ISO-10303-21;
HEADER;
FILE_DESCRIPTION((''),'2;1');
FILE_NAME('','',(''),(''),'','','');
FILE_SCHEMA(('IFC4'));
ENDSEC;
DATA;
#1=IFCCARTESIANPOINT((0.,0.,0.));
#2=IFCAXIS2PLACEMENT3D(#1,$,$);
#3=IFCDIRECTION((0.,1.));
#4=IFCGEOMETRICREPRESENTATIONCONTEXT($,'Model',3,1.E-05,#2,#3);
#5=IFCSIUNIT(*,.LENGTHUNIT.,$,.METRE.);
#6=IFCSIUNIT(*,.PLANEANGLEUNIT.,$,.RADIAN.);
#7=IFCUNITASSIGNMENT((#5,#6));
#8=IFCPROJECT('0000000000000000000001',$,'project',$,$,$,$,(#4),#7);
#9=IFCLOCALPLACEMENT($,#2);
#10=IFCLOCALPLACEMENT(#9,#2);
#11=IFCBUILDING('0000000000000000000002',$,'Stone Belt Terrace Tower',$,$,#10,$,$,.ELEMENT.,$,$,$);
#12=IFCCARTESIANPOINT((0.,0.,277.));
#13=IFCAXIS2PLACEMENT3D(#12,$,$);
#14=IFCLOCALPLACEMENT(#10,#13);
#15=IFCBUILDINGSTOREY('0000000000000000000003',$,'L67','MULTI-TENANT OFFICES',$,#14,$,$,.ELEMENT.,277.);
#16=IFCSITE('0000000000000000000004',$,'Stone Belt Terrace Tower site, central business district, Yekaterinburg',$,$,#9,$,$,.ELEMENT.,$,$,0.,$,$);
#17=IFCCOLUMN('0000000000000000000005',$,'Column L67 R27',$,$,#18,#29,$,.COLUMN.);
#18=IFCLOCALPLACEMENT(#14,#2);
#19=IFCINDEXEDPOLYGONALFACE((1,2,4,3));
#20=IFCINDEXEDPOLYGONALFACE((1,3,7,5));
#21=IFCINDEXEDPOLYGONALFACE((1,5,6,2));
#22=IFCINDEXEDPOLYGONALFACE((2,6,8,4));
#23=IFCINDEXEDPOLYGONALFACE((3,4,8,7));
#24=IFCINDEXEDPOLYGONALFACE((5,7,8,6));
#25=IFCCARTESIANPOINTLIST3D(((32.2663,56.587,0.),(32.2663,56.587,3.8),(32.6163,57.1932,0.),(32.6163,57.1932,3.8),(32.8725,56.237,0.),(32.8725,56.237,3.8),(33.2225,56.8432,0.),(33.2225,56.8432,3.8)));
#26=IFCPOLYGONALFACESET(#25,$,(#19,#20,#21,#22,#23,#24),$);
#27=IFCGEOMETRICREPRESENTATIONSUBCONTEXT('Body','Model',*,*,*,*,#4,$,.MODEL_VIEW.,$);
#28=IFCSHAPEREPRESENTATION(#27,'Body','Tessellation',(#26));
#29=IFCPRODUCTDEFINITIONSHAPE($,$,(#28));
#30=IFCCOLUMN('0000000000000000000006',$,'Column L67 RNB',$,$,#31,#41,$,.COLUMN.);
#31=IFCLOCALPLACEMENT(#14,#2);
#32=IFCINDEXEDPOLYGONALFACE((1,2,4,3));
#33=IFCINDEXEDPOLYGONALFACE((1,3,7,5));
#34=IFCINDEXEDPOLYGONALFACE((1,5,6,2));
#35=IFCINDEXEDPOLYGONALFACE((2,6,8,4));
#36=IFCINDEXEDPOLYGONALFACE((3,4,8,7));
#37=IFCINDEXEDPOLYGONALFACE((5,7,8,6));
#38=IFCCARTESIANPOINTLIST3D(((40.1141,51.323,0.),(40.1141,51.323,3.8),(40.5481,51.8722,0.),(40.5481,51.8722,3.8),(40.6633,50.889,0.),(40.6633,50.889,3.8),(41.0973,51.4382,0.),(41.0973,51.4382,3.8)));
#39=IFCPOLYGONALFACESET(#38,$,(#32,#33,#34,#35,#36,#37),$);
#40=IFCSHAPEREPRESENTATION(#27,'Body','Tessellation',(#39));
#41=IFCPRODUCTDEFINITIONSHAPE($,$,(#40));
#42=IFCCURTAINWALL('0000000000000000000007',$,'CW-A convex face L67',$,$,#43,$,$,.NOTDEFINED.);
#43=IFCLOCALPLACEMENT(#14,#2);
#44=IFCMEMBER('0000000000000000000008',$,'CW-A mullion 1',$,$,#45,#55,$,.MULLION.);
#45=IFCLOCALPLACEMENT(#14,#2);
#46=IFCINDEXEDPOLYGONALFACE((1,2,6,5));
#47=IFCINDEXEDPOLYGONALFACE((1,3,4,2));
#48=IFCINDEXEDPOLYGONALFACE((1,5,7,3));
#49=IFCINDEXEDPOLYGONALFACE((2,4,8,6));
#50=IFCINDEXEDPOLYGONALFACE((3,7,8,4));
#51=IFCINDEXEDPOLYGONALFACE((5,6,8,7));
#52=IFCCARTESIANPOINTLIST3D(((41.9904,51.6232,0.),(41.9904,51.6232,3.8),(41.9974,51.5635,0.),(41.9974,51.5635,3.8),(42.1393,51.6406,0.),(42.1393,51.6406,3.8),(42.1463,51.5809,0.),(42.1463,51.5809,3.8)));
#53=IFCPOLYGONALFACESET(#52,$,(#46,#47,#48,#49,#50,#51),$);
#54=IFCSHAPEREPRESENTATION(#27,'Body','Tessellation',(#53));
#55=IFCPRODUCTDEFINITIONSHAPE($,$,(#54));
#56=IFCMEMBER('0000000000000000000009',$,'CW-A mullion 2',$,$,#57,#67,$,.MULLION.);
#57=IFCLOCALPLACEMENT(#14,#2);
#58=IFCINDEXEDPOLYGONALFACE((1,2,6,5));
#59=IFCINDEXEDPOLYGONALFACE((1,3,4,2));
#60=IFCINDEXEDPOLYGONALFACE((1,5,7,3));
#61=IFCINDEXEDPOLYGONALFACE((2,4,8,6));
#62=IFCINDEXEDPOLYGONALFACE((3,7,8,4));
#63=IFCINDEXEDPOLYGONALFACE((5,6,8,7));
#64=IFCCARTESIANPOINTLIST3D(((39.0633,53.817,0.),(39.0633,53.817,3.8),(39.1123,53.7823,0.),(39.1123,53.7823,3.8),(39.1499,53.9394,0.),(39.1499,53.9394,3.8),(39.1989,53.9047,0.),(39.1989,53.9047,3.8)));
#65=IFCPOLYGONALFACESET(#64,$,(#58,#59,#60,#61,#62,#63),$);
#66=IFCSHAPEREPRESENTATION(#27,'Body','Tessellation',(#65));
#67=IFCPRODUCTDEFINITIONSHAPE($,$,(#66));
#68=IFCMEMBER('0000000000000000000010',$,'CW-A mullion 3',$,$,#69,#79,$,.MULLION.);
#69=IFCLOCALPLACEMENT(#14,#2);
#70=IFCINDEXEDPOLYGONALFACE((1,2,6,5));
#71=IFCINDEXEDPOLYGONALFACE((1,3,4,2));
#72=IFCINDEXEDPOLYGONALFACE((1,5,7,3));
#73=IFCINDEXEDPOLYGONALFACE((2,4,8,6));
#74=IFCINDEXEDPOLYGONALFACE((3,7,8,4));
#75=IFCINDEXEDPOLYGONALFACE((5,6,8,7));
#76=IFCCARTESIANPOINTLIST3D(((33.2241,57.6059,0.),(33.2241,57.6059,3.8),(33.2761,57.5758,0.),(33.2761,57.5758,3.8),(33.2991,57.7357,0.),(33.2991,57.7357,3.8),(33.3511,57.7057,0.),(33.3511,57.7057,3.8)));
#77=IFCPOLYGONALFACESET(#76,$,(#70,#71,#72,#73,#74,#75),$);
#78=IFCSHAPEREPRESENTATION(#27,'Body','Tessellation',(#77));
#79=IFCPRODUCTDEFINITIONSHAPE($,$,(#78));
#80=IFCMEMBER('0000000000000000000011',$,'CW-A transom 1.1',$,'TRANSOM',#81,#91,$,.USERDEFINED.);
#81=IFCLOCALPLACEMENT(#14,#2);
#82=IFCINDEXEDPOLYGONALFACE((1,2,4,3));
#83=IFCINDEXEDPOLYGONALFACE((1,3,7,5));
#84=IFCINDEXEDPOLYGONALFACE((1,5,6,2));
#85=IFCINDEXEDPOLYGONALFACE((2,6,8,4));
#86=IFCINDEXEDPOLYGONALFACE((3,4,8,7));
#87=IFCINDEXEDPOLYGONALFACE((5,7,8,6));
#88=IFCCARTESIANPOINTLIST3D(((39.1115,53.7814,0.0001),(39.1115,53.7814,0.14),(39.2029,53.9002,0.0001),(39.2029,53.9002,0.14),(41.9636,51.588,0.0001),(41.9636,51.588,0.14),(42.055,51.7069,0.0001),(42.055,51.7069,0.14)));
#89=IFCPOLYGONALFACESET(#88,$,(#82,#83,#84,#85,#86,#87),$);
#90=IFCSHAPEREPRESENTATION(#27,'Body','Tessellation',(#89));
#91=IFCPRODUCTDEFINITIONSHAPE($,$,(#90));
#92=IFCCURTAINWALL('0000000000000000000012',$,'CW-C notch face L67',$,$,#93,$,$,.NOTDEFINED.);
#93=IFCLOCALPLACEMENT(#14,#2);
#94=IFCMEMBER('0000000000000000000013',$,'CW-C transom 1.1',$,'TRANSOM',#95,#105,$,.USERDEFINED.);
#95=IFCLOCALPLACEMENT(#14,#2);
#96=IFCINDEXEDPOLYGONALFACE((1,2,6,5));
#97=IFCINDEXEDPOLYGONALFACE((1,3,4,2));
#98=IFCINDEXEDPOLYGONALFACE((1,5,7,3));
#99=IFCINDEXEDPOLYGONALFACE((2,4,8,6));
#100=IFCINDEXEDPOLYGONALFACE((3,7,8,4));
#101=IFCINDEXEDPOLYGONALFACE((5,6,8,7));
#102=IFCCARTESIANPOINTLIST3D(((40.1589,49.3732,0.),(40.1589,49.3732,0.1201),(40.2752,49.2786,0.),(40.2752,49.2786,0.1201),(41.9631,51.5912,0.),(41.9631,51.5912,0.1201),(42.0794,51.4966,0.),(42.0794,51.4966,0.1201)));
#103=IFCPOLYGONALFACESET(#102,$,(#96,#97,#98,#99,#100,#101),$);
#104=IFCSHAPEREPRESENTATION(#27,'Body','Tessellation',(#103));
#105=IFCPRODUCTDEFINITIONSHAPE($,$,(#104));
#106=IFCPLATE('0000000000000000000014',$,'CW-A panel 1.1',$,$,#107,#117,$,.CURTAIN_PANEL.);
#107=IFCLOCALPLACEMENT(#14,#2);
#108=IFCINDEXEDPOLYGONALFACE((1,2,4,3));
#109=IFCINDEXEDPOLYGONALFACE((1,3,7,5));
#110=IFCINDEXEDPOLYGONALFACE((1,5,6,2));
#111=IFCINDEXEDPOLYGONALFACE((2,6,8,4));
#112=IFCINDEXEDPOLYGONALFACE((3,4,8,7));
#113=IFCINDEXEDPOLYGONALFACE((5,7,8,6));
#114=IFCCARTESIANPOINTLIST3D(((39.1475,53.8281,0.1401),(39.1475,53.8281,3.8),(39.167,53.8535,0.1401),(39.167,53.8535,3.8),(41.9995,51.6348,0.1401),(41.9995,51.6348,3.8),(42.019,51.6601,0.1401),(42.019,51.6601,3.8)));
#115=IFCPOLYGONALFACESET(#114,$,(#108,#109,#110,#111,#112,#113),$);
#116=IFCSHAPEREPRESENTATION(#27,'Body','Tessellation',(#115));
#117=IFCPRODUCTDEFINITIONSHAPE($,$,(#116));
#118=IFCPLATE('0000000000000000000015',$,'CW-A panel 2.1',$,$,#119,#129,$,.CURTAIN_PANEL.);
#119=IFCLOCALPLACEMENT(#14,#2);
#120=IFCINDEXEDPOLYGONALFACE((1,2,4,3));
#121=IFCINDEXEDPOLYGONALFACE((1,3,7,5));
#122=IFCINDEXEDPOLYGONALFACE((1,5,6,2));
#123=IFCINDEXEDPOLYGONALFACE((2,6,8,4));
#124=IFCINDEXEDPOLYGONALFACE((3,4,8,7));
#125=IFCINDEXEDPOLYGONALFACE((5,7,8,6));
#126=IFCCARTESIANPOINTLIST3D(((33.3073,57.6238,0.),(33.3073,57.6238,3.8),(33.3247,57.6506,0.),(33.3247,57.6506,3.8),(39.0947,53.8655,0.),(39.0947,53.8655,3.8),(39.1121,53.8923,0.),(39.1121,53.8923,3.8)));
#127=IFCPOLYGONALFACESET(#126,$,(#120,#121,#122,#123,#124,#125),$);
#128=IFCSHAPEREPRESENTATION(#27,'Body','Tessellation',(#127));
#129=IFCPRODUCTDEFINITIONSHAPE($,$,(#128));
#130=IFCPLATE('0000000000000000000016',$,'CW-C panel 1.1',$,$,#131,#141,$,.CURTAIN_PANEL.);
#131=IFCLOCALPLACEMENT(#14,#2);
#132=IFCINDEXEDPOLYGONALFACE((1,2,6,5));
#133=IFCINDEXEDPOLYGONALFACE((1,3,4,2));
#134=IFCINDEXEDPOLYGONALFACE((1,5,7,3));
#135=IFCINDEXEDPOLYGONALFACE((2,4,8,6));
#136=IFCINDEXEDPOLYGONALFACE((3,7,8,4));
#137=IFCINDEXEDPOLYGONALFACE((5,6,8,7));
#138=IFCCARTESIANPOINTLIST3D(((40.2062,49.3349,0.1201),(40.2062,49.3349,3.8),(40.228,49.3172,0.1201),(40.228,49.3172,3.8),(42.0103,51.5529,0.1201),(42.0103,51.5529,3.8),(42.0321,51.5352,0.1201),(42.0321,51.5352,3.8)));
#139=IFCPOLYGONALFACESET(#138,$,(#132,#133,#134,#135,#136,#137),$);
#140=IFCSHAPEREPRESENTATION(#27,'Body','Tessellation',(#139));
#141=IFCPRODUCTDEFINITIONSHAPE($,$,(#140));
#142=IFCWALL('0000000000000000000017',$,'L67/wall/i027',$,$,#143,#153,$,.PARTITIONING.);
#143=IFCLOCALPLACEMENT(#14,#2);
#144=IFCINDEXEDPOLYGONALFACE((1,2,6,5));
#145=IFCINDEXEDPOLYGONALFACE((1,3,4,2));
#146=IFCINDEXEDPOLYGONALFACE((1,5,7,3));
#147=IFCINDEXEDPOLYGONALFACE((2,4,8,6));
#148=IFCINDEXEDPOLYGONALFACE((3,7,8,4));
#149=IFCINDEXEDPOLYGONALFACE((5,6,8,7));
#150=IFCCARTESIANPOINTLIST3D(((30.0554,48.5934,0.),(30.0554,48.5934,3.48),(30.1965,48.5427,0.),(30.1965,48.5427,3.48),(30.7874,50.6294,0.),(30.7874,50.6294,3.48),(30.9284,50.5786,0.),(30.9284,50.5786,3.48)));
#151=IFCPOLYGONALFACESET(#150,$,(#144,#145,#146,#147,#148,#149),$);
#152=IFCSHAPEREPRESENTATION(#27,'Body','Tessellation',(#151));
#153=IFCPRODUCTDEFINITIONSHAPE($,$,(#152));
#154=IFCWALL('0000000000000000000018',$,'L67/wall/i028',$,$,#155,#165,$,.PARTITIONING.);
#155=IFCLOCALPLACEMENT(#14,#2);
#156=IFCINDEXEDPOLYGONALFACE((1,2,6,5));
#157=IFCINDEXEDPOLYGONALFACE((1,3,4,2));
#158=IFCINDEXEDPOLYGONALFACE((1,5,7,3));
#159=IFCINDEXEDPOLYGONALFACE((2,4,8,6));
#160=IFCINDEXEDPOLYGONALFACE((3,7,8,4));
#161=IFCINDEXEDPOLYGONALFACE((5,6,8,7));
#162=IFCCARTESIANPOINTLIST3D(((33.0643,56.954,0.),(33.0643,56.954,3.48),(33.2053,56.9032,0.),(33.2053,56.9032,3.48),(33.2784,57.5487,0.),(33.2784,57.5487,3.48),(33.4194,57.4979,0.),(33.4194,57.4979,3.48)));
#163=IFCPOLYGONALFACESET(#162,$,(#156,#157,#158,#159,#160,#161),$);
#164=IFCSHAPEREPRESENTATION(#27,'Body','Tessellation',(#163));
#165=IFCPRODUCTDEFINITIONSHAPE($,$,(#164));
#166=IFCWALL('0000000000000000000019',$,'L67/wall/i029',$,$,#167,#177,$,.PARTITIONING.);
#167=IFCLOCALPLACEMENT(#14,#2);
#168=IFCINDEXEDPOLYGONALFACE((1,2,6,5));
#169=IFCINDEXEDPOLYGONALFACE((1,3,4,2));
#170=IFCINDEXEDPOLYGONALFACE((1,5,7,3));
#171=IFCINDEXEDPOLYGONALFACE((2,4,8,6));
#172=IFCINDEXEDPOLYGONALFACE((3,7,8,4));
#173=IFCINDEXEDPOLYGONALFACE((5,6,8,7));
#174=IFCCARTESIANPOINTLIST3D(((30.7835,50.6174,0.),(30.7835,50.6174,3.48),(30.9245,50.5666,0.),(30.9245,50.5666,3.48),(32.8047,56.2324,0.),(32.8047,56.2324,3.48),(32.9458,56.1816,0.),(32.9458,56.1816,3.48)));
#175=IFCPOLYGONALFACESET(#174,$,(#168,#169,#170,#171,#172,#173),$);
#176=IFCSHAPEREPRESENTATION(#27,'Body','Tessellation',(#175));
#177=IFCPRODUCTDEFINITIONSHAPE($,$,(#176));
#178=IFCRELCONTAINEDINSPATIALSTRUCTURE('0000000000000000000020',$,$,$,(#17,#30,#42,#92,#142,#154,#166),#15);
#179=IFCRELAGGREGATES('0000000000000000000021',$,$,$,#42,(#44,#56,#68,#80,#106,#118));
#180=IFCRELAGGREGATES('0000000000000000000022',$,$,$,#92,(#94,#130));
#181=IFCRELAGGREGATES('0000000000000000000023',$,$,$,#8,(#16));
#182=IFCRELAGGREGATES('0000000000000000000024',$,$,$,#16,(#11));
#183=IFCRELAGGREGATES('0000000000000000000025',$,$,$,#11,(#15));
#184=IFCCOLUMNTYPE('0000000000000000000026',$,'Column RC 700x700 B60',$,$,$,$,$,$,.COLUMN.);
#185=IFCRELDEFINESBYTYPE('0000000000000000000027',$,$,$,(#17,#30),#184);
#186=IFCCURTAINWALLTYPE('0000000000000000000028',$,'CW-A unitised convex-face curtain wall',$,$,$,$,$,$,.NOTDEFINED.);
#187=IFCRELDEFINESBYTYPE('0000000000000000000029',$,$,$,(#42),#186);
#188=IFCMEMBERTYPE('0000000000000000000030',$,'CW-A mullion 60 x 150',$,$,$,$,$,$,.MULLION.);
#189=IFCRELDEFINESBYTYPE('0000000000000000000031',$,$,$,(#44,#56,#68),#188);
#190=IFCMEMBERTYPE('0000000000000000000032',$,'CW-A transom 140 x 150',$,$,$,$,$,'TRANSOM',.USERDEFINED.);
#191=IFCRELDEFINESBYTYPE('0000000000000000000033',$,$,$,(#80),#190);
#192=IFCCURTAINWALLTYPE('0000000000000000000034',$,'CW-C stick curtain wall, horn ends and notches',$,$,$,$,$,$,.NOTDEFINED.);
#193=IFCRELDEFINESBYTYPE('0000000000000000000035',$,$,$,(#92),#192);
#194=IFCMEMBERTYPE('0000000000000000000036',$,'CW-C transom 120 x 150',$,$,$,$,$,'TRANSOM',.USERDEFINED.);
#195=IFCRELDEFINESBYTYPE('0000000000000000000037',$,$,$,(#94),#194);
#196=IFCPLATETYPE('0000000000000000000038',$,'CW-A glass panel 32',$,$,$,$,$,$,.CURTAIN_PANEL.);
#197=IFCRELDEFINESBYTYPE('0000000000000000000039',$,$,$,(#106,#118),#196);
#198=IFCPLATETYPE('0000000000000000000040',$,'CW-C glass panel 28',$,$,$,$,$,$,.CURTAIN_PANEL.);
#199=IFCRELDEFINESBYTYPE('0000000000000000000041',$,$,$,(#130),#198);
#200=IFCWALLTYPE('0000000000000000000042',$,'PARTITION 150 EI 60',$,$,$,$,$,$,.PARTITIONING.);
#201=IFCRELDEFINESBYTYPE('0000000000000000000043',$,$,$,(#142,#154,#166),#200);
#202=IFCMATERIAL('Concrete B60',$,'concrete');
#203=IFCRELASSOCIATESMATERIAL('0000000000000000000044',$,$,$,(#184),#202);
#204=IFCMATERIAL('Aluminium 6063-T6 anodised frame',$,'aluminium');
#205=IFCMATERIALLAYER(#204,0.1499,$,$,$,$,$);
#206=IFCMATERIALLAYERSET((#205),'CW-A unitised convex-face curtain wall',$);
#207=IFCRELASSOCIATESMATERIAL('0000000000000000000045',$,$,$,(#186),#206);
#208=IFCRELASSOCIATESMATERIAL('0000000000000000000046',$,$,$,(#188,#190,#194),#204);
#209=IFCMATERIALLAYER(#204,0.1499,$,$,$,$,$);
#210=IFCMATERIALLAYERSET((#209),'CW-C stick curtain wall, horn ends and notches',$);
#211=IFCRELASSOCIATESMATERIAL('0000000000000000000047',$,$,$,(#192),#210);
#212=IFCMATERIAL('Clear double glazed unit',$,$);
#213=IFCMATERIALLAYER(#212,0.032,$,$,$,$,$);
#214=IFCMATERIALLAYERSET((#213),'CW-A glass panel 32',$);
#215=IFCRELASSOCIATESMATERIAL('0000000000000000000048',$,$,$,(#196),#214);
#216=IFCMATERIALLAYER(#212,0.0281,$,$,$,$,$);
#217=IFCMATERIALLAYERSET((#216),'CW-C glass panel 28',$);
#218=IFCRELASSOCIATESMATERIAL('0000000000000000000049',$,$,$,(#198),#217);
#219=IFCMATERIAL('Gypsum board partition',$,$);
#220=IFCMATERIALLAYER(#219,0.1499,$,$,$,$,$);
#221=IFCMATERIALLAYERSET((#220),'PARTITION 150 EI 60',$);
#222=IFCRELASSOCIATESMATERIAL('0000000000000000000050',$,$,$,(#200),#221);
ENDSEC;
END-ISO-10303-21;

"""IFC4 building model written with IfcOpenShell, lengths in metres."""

from ifc_helpers import new_model, si_unit, direction, frame, frame_2d, origin, origin_2d, place, context, subcontext, project, spatial, rectangle, extrude, material, layer, layer_set, material_profile, profile_set, type_object, element, aggregate, save


model = new_model("IFC4")

# Units and contexts
model_context = context("Model", 3, precision=1e-05, world=origin(), true_north=direction((0.0, 1.0)))
body_context = subcontext(model_context, "Body", "Model", "MODEL_VIEW")
ifc_project = project(units=[si_unit("LENGTHUNIT", "METRE"), si_unit("PLANEANGLEUNIT", "RADIAN")], contexts=[model_context])

# Site, building, storey
site_placement = place(None, origin())
site = spatial("IfcSite", under=ifc_project, at=site_placement, Name="Stone Belt Terrace Tower site, central business district, Yekaterinburg", CompositionType="ELEMENT", RefElevation=0.0)
building_placement = place(site_placement, origin())
building = spatial("IfcBuilding", under=site, at=building_placement, Name="Stone Belt Terrace Tower", CompositionType="ELEMENT")
storey_placement = place(building_placement, frame((0.0, 0.0, 277.0)))
storey = spatial("IfcBuildingStorey", under=building, at=storey_placement, Name="L67", Description="MULTI-TENANT OFFICES", CompositionType="ELEMENT", Elevation=277.0)

# Columns
ifc_material_1 = material(Name="Concrete B60", Category="concrete")
ifc_material_profile_1 = material_profile(ifc_material_1, rectangle(XDim=0.7, YDim=0.7, at=origin_2d()), Name="RC 700x700")
ifc_profile_set_1 = profile_set([ifc_material_profile_1], Name="Concrete B60")
column_type = type_object("IfcColumnType", Name="Column RC 700x700 B60", PredefinedType="COLUMN", material=ifc_profile_set_1)
for number, where, z_axis, x_axis, name in (
    (1, (32.7444, 56.7151, 0.0), (0.0, 0.0, 1.0), (0.866025, -0.5, 0.0), "Column L67 R27"),
    (2, (40.6057, 51.3806, 0.0), (0.0, 0.0, 1.0), (0.78457, -0.620041, 0.0), "Column L67 RNB"),
):
    element("IfcColumn", number, at=place(storey_placement, frame(where, z_axis=z_axis, x_axis=x_axis)), inside=storey, type_object=column_type, Name=name, PredefinedType="COLUMN", context=body_context, shape_type="SweptSolid", body=[
        extrude(rectangle(XDim=0.7, YDim=0.7, at=origin_2d()), origin(), (0.0, 0.0, 1.0), 3.8),
    ])

# Curtain wall, members
ifc_material_2 = material(Name="Aluminium 6063-T6 anodised frame", Category="aluminium")
ifc_layer_1 = layer(ifc_material_2, 0.1499)
ifc_layer_set_1 = layer_set([ifc_layer_1], Name="CW-A unitised convex-face curtain wall")
curtain_wall_type_1 = type_object("IfcCurtainWallType", Name="CW-A unitised convex-face curtain wall", PredefinedType="NOTDEFINED", material=ifc_layer_set_1)
curtain_wall_1_placement = place(storey_placement, origin())
curtain_wall_1 = element("IfcCurtainWall", 3, at=curtain_wall_1_placement, inside=storey, type_object=curtain_wall_type_1, Name="CW-A convex face L67", PredefinedType="NOTDEFINED")
ifc_material_profile_2 = material_profile(ifc_material_2, rectangle(XDim=0.1499, YDim=0.0601, at=origin_2d()), Name="Aluminium 6063-T6 60x150")
ifc_profile_set_2 = profile_set([ifc_material_profile_2], Name="Aluminium 6063-T6 anodised frame")
member_type_1 = type_object("IfcMemberType", Name="CW-A mullion 60 x 150", PredefinedType="MULLION", material=ifc_profile_set_2)
member_1_placement = place(storey_placement, frame((42.0684, 51.6021, 0.0), z_axis=(0.0, 0.0, 1.0), x_axis=(-0.993258, -0.115925, 0.0)))
member_1 = element("IfcMember", 4, at=member_1_placement, type_object=member_type_1, Name="CW-A mullion 1", PredefinedType="MULLION", context=body_context, shape_type="SweptSolid", body=[
    extrude(rectangle(XDim=0.1499, YDim=0.0601, at=origin_2d()), origin(), (0.0, 0.0, 1.0), 3.8),
])
member_2_placement = place(storey_placement, frame((39.1311, 53.8608, 0.0), z_axis=(0.0, 0.0, 1.0), x_axis=(-0.577587, -0.816329, 0.0)))
member_2 = element("IfcMember", 5, at=member_2_placement, type_object=member_type_1, Name="CW-A mullion 2", PredefinedType="MULLION", context=body_context, shape_type="SweptSolid", body=[
    extrude(rectangle(XDim=0.1499, YDim=0.0601, at=origin_2d()), origin(), (0.0, 0.0, 1.0), 3.8),
])
member_3_placement = place(storey_placement, frame((33.2876, 57.6558, 0.0), z_axis=(0.0, 0.0, 1.0), x_axis=(-0.5, -0.866025, 0.0)))
member_3 = element("IfcMember", 6, at=member_3_placement, type_object=member_type_1, Name="CW-A mullion 3", PredefinedType="MULLION", context=body_context, shape_type="SweptSolid", body=[
    extrude(rectangle(XDim=0.1499, YDim=0.0601, at=origin_2d()), origin(), (0.0, 0.0, 1.0), 3.8),
])
ifc_material_profile_3 = material_profile(ifc_material_2, rectangle(XDim=0.1499, YDim=0.1399, at=origin_2d()), Name="Aluminium 6063-T6 150x140")
ifc_profile_set_3 = profile_set([ifc_material_profile_3], Name="Aluminium 6063-T6 anodised frame")
member_type_2 = type_object("IfcMemberType", Name="CW-A transom 140 x 150", ElementType="TRANSOM", PredefinedType="USERDEFINED", material=ifc_profile_set_3)
member_4_placement = place(storey_placement, frame((42.0093, 51.6475, 0.0701), z_axis=(-0.792695, 0.609619, 0.0), x_axis=(-0.609619, -0.792695, 0.0)))
member_4 = element("IfcMember", 7, at=member_4_placement, type_object=member_type_2, Name="CW-A transom 1.1", ObjectType="TRANSOM", PredefinedType="USERDEFINED", context=body_context, shape_type="SweptSolid", body=[
    extrude(rectangle(XDim=0.1499, YDim=0.1399, at=origin_2d()), origin(), (0.0, 0.0, 1.0), 3.5979),
])

# Curtain wall, member
ifc_layer_2 = layer(ifc_material_2, 0.1499)
ifc_layer_set_2 = layer_set([ifc_layer_2], Name="CW-C stick curtain wall, horn ends and notches")
curtain_wall_type_2 = type_object("IfcCurtainWallType", Name="CW-C stick curtain wall, horn ends and notches", PredefinedType="NOTDEFINED", material=ifc_layer_set_2)
curtain_wall_2_placement = place(storey_placement, origin())
curtain_wall_2 = element("IfcCurtainWall", 8, at=curtain_wall_2_placement, inside=storey, type_object=curtain_wall_type_2, Name="CW-C notch face L67", PredefinedType="NOTDEFINED")
ifc_material_profile_4 = material_profile(ifc_material_2, rectangle(XDim=0.1499, YDim=0.1201, at=origin_2d()), Name="Aluminium 6063-T6 150x120")
ifc_profile_set_4 = profile_set([ifc_material_profile_4], Name="Aluminium 6063-T6 anodised frame")
member_type_3 = type_object("IfcMemberType", Name="CW-C transom 120 x 150", ElementType="TRANSOM", PredefinedType="USERDEFINED", material=ifc_profile_set_4)
member_5_placement = place(storey_placement, frame((40.217, 49.3259, 0.0601), z_axis=(0.631027, 0.775761, 0.0), x_axis=(-0.775761, 0.631027, 0.0)))
member_5 = element("IfcMember", 9, at=member_5_placement, type_object=member_type_3, Name="CW-C transom 1.1", ObjectType="TRANSOM", PredefinedType="USERDEFINED", context=body_context, shape_type="SweptSolid", body=[
    extrude(rectangle(XDim=0.1499, YDim=0.1201, at=origin_2d()), origin(), (0.0, 0.0, 1.0), 2.8591),
])

# Plates
ifc_material_3 = material(Name="Clear double glazed unit")
ifc_layer_3 = layer(ifc_material_3, 0.032)
ifc_layer_set_3 = layer_set([ifc_layer_3], Name="CW-A glass panel 32")
plate_type_1 = type_object("IfcPlateType", Name="CW-A glass panel 32", PredefinedType="CURTAIN_PANEL", material=ifc_layer_set_3)
plate_1_placement = place(storey_placement, frame((40.5833, 52.7441, 0.1401), z_axis=(0.0, 0.0, 1.0), x_axis=(-0.792694, 0.60962, 0.0)))
plate_1 = element("IfcPlate", 10, at=plate_1_placement, type_object=plate_type_1, Name="CW-A panel 1.1", PredefinedType="CURTAIN_PANEL", context=body_context, shape_type="SweptSolid", body=[
    extrude(rectangle(XDim=3.5979, YDim=0.032, at=origin_2d()), origin(), (0.0, 0.0, 1.0), 3.6599),
])
plate_2_placement = place(storey_placement, frame((36.2097, 55.7581, 0.0), z_axis=(0.0, 0.0, 1.0), x_axis=(-0.838671, 0.544639, 0.0)))
plate_2 = element("IfcPlate", 11, at=plate_2_placement, type_object=plate_type_1, Name="CW-A panel 2.1", PredefinedType="CURTAIN_PANEL", context=body_context, shape_type="SweptSolid", body=[
    extrude(rectangle(XDim=6.9006, YDim=0.032, at=origin_2d()), origin(), (0.0, 0.0, 1.0), 3.8),
])
aggregate(curtain_wall_1, [member_1, member_2, member_3, member_4, plate_1, plate_2])
ifc_layer_4 = layer(ifc_material_3, 0.0281)
ifc_layer_set_4 = layer_set([ifc_layer_4], Name="CW-C glass panel 28")
plate_type_2 = type_object("IfcPlateType", Name="CW-C glass panel 28", PredefinedType="CURTAIN_PANEL", material=ifc_layer_set_4)
plate_3_placement = place(storey_placement, frame((41.1191, 50.4351, 0.1201), z_axis=(0.0, 0.0, 1.0), x_axis=(0.631001, 0.775782, 0.0)))
plate_3 = element("IfcPlate", 12, at=plate_3_placement, type_object=plate_type_2, Name="CW-C panel 1.1", PredefinedType="CURTAIN_PANEL", context=body_context, shape_type="SweptSolid", body=[
    extrude(rectangle(XDim=2.8591, YDim=0.0281, at=origin_2d()), origin(), (0.0, 0.0, 1.0), 3.6799),
])
aggregate(curtain_wall_2, [member_5, plate_3])

# Walls
ifc_material_4 = material(Name="Gypsum board partition")
ifc_layer_5 = layer(ifc_material_4, 0.1499)
ifc_layer_set_5 = layer_set([ifc_layer_5], Name="PARTITION 150 EI 60")
wall_type = type_object("IfcWallType", Name="PARTITION 150 EI 60", PredefinedType="PARTITIONING", material=ifc_layer_set_5)
wall_1_placement = place(storey_placement, frame((30.8579, 50.604, 0.0), z_axis=(0.0, 0.0, 1.0), x_axis=(-0.338316, -0.941033, 0.0)))
element("IfcWall", 13, at=wall_1_placement, inside=storey, type_object=wall_type, Name="L67/wall/i027", PredefinedType="PARTITIONING", context=body_context, shape_type="SweptSolid", body=[
    extrude(rectangle(XDim=2.1636, YDim=0.1499, at=frame_2d((1.0818, 0.0))), origin(), (0.0, 0.0, 1.0), 3.48),
])
wall_2_placement = place(storey_placement, frame((33.3489, 57.5232, 0.0), z_axis=(0.0, 0.0, 1.0), x_axis=(-0.338733, -0.940882, 0.0)))
element("IfcWall", 14, at=wall_2_placement, inside=storey, type_object=wall_type, Name="L67/wall/i028", PredefinedType="PARTITIONING", context=body_context, shape_type="SweptSolid", body=[
    extrude(rectangle(XDim=0.6321, YDim=0.1499, at=frame_2d((0.3159, 0.0))), origin(), (0.0, 0.0, 1.0), 3.48),
])
wall_3_placement = place(storey_placement, frame((32.8752, 56.207, 0.0), z_axis=(0.0, 0.0, 1.0), x_axis=(-0.338696, -0.940896, 0.0)))
element("IfcWall", 15, at=wall_3_placement, inside=storey, type_object=wall_type, Name="L67/wall/i029", PredefinedType="PARTITIONING", context=body_context, shape_type="SweptSolid", body=[
    extrude(rectangle(XDim=5.9678, YDim=0.1499, at=frame_2d((2.9839, 0.0))), origin(), (0.0, 0.0, 1.0), 3.48),
])

save(model, "model.ifc")
